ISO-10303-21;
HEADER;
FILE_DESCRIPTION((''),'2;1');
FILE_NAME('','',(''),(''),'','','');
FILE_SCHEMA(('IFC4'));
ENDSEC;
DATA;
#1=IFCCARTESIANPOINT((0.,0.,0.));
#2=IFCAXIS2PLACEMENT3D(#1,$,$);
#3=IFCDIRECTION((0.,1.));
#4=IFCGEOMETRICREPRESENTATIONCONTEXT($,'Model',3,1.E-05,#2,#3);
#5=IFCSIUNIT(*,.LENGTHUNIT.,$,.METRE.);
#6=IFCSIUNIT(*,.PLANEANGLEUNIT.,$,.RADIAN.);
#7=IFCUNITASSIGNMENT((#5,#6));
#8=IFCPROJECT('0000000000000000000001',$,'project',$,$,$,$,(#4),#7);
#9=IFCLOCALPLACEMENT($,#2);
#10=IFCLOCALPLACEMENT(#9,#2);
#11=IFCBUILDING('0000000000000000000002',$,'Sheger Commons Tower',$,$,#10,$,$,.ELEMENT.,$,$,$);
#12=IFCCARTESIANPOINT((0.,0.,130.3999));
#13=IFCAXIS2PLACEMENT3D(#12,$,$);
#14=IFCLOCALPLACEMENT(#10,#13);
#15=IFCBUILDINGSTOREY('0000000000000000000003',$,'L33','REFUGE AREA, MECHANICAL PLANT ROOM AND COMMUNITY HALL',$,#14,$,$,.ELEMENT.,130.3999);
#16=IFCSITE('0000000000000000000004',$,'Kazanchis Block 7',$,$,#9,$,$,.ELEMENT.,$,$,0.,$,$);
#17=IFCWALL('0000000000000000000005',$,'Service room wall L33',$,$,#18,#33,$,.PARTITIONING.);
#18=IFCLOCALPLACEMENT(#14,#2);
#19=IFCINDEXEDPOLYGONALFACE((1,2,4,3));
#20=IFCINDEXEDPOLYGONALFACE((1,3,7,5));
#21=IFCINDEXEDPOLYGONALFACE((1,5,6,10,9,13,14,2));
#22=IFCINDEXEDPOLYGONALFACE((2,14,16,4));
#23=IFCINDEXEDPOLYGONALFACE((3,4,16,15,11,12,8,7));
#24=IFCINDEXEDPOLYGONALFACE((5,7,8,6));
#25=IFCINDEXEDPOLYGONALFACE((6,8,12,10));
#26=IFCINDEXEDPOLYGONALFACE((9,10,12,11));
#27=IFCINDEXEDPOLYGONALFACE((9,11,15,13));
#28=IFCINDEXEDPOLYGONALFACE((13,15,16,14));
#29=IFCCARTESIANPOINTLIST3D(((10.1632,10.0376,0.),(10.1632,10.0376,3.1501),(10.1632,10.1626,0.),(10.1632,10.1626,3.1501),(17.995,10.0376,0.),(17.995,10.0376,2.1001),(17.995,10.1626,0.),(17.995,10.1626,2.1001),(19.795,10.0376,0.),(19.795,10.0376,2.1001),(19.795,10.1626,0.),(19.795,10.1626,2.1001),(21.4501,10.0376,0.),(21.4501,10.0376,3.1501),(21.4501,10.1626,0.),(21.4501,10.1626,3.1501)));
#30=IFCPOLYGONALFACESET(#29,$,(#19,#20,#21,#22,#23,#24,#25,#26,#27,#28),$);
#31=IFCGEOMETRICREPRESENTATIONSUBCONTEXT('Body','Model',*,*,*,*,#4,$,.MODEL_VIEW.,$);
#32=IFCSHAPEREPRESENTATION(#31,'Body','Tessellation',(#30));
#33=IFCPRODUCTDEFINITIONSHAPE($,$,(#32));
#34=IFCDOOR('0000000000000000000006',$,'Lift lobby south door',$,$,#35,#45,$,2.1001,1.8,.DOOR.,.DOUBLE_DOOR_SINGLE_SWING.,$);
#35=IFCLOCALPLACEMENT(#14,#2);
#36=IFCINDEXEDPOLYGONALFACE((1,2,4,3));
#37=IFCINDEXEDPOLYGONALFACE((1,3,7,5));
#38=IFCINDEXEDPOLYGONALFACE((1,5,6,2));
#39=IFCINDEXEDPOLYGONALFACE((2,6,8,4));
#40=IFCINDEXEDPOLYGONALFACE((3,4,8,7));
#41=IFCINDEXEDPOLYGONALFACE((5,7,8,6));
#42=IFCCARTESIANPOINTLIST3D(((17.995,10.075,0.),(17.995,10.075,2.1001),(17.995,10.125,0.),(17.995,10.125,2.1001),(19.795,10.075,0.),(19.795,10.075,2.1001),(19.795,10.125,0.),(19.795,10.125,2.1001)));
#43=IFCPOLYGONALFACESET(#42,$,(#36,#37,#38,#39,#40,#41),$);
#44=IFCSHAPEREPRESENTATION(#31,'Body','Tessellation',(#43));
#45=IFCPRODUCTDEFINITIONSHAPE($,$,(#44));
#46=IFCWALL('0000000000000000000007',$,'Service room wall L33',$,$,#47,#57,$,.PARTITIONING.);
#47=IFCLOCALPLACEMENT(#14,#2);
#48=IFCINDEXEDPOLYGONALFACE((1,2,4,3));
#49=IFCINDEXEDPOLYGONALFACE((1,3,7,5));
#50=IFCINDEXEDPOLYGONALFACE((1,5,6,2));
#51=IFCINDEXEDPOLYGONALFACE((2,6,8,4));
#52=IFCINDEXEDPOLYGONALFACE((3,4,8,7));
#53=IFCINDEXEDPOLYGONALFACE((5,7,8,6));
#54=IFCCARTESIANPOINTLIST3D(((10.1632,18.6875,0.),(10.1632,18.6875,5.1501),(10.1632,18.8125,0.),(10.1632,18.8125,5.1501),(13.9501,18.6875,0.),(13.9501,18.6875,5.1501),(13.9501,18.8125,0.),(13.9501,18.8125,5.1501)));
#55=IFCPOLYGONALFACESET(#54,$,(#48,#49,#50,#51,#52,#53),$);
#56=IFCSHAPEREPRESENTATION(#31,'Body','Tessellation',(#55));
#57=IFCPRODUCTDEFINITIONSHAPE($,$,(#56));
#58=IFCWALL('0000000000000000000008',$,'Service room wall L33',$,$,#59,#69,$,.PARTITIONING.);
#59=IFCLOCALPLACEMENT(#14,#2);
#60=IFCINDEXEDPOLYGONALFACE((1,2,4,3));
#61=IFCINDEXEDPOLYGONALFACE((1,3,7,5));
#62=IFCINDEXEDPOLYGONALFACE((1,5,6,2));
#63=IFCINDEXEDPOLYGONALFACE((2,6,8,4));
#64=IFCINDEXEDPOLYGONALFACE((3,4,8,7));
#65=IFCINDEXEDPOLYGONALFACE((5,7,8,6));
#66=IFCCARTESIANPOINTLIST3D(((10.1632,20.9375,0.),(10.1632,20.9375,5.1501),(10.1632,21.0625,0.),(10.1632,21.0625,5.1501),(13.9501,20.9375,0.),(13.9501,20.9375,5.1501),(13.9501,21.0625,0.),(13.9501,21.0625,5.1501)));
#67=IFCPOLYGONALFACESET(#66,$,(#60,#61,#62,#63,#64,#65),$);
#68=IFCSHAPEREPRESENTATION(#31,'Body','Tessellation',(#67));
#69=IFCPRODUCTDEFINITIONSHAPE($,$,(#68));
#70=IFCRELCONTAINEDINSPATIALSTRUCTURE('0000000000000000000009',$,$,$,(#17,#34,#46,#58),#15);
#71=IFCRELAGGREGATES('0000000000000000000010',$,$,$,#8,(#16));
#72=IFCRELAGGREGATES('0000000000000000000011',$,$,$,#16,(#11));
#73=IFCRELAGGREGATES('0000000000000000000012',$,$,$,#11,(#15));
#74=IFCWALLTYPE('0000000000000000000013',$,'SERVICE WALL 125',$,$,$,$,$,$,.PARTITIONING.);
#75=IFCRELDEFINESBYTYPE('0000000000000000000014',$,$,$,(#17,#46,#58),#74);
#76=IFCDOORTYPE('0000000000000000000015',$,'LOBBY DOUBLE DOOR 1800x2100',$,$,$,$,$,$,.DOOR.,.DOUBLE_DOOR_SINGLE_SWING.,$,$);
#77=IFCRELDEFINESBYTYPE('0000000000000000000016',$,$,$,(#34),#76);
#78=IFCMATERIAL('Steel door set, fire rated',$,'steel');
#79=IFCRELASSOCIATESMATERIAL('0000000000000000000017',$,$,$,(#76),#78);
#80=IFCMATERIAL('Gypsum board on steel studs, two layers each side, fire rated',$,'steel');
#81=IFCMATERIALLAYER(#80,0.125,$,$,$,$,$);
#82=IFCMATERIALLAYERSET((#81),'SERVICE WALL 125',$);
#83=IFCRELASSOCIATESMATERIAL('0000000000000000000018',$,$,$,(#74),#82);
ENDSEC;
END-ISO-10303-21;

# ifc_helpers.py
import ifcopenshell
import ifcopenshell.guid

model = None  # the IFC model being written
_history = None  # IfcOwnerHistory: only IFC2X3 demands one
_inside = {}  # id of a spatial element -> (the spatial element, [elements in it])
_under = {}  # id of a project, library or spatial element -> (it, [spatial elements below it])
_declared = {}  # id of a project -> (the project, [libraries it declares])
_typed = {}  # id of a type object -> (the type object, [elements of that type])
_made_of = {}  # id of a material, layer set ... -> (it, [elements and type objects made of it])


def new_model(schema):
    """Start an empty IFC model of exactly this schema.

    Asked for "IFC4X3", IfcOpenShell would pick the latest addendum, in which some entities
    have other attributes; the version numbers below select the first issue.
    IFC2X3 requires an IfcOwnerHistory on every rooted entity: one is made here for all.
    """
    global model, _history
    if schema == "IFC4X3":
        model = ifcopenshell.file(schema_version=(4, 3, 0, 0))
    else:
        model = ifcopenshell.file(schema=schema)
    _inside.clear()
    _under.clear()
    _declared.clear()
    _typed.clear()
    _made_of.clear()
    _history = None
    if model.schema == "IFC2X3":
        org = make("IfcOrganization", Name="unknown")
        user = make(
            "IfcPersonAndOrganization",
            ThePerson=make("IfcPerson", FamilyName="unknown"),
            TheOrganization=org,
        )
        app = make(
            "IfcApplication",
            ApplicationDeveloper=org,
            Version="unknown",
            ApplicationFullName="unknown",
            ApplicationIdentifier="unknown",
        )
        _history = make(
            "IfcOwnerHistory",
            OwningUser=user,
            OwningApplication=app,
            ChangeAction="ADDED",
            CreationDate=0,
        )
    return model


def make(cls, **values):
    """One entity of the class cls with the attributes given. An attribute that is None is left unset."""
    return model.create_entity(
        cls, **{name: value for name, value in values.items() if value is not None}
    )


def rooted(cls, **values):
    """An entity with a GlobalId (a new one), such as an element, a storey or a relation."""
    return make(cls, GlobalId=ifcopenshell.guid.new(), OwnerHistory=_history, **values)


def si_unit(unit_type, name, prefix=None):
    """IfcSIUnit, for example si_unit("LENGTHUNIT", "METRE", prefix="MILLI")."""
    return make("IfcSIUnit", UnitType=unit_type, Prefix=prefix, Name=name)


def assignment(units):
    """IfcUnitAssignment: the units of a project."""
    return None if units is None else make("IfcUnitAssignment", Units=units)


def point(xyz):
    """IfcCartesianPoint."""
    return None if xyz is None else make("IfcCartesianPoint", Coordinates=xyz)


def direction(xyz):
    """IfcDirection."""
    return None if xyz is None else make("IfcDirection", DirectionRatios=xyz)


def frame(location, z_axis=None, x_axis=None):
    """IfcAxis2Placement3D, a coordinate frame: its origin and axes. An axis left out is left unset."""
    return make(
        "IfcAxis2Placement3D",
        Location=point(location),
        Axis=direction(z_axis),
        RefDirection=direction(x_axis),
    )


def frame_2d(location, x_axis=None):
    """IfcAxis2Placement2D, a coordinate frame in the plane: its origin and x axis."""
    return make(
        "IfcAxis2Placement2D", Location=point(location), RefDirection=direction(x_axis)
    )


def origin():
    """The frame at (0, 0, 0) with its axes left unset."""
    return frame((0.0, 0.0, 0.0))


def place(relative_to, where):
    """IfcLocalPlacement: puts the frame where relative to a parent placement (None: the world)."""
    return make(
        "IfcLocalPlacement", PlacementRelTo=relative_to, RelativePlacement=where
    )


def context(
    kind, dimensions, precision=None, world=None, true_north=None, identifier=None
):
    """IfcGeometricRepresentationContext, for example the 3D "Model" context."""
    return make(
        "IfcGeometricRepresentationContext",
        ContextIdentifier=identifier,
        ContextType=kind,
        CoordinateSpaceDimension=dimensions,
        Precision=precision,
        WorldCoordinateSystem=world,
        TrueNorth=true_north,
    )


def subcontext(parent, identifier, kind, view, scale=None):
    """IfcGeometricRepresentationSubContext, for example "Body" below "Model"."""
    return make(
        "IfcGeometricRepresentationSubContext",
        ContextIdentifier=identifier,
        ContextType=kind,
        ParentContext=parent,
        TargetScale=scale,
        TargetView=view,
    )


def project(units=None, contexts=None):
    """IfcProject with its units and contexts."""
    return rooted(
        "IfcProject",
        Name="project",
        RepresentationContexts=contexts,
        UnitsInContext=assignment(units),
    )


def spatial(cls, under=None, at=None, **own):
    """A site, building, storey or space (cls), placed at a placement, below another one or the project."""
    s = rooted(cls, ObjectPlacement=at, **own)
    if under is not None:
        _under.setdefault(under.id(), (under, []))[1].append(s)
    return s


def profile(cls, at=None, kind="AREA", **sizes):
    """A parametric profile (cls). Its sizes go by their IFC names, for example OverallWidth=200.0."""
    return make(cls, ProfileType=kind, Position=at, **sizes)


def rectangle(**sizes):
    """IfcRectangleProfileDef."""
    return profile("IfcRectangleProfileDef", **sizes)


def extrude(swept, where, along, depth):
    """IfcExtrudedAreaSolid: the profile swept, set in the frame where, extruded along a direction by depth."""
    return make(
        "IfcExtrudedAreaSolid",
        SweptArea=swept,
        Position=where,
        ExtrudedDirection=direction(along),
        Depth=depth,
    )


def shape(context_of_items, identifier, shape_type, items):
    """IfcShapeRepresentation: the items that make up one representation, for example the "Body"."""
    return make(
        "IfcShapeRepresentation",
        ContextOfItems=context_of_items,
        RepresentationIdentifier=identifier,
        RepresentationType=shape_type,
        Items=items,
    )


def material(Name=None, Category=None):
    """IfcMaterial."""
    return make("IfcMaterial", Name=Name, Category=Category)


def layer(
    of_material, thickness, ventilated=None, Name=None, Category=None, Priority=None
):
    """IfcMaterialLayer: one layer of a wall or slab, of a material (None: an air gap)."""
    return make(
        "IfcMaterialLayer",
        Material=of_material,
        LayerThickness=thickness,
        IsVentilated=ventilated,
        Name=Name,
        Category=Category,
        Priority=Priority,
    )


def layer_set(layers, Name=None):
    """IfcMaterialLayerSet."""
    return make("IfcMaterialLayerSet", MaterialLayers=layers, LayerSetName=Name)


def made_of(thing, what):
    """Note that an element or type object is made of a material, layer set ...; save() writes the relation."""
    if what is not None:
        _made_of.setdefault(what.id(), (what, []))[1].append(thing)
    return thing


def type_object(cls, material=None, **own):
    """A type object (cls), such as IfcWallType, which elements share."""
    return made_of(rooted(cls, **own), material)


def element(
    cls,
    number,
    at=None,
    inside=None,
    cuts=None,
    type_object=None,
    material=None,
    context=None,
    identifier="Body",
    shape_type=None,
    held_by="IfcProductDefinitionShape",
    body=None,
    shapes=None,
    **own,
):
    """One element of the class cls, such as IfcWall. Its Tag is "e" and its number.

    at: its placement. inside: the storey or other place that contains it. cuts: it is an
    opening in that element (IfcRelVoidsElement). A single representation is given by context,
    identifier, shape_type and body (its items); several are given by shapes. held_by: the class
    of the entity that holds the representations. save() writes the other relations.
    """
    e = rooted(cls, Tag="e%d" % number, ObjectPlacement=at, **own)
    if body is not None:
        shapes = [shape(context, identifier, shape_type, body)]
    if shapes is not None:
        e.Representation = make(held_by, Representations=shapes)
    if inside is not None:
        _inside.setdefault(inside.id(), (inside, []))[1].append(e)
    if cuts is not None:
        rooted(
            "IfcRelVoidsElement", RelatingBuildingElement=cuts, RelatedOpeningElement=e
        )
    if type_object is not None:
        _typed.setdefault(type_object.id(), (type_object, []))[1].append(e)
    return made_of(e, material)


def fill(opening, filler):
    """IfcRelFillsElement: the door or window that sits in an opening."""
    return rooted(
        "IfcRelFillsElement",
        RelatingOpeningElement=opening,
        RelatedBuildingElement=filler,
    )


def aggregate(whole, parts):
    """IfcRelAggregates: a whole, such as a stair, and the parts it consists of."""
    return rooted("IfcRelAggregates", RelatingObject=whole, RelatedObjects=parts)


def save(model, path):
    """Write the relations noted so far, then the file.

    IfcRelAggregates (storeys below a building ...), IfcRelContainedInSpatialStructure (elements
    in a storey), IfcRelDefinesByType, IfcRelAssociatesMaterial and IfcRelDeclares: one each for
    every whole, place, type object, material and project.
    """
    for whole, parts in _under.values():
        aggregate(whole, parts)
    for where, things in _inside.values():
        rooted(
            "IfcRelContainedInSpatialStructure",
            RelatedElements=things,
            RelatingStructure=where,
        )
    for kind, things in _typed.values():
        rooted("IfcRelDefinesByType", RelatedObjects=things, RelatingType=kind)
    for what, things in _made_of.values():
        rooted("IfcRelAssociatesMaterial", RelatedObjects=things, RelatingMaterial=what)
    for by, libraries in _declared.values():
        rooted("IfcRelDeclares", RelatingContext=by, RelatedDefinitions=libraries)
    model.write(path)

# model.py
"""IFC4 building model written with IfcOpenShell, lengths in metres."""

from ifc_helpers import new_model, si_unit, direction, frame, frame_2d, origin, place, context, subcontext, project, spatial, rectangle, extrude, material, layer, layer_set, type_object, element, fill, save


model = new_model("IFC4")

# Units and contexts
model_context = context("Model", 3, precision=1e-05, world=origin(), true_north=direction((0.0, 1.0)))
body_context = subcontext(model_context, "Body", "Model", "MODEL_VIEW")
ifc_project = project(units=[si_unit("LENGTHUNIT", "METRE"), si_unit("PLANEANGLEUNIT", "RADIAN")], contexts=[model_context])

# Site, building, storey
site_placement = place(None, origin())
site = spatial("IfcSite", under=ifc_project, at=site_placement, Name="Kazanchis Block 7", CompositionType="ELEMENT", RefElevation=0.0)
building_placement = place(site_placement, origin())
building = spatial("IfcBuilding", under=site, at=building_placement, Name="Sheger Commons Tower", CompositionType="ELEMENT")
storey_placement = place(building_placement, frame((0.0, 0.0, 130.3999)))
storey = spatial("IfcBuildingStorey", under=building, at=storey_placement, Name="L33", Description="REFUGE AREA, MECHANICAL PLANT ROOM AND COMMUNITY HALL", CompositionType="ELEMENT", Elevation=130.3999)

# Shared definitions
ifc_material_1 = material(Name="Steel door set, fire rated", Category="steel")
door_type_1 = type_object("IfcDoorType", Name="LOBBY DOUBLE DOOR 1800x2100", OperationType="DOUBLE_DOOR_SINGLE_SWING", PredefinedType="DOOR", material=ifc_material_1)

# Shared definitions
ifc_material_2 = material(Name="Gypsum board on steel studs, two layers each side, fire rated", Category="steel")
ifc_layer_1 = layer(ifc_material_2, 0.125)
ifc_layer_set_1 = layer_set([ifc_layer_1], Name="SERVICE WALL 125")
wall_type_1 = type_object("IfcWallType", Name="SERVICE WALL 125", PredefinedType="PARTITIONING", material=ifc_layer_set_1)

# Wall, opening, door
wall_1_placement = place(storey_placement, frame((10.1631, 10.1001, 0.0), z_axis=(0.0, 0.0, 1.0), x_axis=(1.0, 0.0, 0.0)))
wall_1 = element("IfcWall", 1, at=wall_1_placement, inside=storey, type_object=wall_type_1, Name="Service room wall L33", PredefinedType="PARTITIONING", context=body_context, shape_type="SweptSolid", body=[
    extrude(rectangle(XDim=11.2869, YDim=0.125, at=frame_2d((5.6436, 0.0))), origin(), (0.0, 0.0, 1.0), 3.1501),
])
opening_1_placement = place(wall_1_placement, frame((7.832, 0.0, 0.0)))
opening_1 = element("IfcOpeningElement", 2, at=opening_1_placement, cuts=wall_1, PredefinedType="OPENING", context=body_context, shape_type="SweptSolid", body=[
    extrude(rectangle(XDim=1.8, YDim=2.1001, at=frame_2d((0.8999, 1.05))), frame((0.0, 0.0725, 0.0), z_axis=(0.0, -1.0, 0.0), x_axis=(1.0, 0.0, 0.0)), (0.0, 0.0, 1.0), 0.145),
])
door_1_placement = place(opening_1_placement, origin())
door_1 = element("IfcDoor", 3, at=door_1_placement, inside=storey, type_object=door_type_1, Name="Lift lobby south door", OperationType="DOUBLE_DOOR_SINGLE_SWING", OverallHeight=2.1001, OverallWidth=1.8, PredefinedType="DOOR", context=body_context, shape_type="SweptSolid", body=[
    extrude(rectangle(XDim=1.8, YDim=2.1001, at=frame_2d((0.8999, 1.05))), frame((0.0, 0.0249, 0.0), z_axis=(0.0, -1.0, 0.0), x_axis=(1.0, 0.0, 0.0)), (0.0, 0.0, 1.0), 0.05),
])
fill(opening_1, door_1)

# Walls
for number, where, z_axis, x_axis, name in (
    (4, (10.1631, 18.75, 0.0), (0.0, 0.0, 1.0), (1.0, 0.0, 0.0), "Service room wall L33"),
    (5, (10.1631, 21.0, 0.0), (0.0, 0.0, 1.0), (1.0, 0.0, 0.0), "Service room wall L33"),
):
    element("IfcWall", number, at=place(storey_placement, frame(where, z_axis=z_axis, x_axis=x_axis)), inside=storey, type_object=wall_type_1, Name=name, PredefinedType="PARTITIONING", context=body_context, shape_type="SweptSolid", body=[
        extrude(rectangle(XDim=3.7869, YDim=0.125, at=frame_2d((1.8936, 0.0))), origin(), (0.0, 0.0, 1.0), 5.1501),
    ])

save(model, "model.ifc")
